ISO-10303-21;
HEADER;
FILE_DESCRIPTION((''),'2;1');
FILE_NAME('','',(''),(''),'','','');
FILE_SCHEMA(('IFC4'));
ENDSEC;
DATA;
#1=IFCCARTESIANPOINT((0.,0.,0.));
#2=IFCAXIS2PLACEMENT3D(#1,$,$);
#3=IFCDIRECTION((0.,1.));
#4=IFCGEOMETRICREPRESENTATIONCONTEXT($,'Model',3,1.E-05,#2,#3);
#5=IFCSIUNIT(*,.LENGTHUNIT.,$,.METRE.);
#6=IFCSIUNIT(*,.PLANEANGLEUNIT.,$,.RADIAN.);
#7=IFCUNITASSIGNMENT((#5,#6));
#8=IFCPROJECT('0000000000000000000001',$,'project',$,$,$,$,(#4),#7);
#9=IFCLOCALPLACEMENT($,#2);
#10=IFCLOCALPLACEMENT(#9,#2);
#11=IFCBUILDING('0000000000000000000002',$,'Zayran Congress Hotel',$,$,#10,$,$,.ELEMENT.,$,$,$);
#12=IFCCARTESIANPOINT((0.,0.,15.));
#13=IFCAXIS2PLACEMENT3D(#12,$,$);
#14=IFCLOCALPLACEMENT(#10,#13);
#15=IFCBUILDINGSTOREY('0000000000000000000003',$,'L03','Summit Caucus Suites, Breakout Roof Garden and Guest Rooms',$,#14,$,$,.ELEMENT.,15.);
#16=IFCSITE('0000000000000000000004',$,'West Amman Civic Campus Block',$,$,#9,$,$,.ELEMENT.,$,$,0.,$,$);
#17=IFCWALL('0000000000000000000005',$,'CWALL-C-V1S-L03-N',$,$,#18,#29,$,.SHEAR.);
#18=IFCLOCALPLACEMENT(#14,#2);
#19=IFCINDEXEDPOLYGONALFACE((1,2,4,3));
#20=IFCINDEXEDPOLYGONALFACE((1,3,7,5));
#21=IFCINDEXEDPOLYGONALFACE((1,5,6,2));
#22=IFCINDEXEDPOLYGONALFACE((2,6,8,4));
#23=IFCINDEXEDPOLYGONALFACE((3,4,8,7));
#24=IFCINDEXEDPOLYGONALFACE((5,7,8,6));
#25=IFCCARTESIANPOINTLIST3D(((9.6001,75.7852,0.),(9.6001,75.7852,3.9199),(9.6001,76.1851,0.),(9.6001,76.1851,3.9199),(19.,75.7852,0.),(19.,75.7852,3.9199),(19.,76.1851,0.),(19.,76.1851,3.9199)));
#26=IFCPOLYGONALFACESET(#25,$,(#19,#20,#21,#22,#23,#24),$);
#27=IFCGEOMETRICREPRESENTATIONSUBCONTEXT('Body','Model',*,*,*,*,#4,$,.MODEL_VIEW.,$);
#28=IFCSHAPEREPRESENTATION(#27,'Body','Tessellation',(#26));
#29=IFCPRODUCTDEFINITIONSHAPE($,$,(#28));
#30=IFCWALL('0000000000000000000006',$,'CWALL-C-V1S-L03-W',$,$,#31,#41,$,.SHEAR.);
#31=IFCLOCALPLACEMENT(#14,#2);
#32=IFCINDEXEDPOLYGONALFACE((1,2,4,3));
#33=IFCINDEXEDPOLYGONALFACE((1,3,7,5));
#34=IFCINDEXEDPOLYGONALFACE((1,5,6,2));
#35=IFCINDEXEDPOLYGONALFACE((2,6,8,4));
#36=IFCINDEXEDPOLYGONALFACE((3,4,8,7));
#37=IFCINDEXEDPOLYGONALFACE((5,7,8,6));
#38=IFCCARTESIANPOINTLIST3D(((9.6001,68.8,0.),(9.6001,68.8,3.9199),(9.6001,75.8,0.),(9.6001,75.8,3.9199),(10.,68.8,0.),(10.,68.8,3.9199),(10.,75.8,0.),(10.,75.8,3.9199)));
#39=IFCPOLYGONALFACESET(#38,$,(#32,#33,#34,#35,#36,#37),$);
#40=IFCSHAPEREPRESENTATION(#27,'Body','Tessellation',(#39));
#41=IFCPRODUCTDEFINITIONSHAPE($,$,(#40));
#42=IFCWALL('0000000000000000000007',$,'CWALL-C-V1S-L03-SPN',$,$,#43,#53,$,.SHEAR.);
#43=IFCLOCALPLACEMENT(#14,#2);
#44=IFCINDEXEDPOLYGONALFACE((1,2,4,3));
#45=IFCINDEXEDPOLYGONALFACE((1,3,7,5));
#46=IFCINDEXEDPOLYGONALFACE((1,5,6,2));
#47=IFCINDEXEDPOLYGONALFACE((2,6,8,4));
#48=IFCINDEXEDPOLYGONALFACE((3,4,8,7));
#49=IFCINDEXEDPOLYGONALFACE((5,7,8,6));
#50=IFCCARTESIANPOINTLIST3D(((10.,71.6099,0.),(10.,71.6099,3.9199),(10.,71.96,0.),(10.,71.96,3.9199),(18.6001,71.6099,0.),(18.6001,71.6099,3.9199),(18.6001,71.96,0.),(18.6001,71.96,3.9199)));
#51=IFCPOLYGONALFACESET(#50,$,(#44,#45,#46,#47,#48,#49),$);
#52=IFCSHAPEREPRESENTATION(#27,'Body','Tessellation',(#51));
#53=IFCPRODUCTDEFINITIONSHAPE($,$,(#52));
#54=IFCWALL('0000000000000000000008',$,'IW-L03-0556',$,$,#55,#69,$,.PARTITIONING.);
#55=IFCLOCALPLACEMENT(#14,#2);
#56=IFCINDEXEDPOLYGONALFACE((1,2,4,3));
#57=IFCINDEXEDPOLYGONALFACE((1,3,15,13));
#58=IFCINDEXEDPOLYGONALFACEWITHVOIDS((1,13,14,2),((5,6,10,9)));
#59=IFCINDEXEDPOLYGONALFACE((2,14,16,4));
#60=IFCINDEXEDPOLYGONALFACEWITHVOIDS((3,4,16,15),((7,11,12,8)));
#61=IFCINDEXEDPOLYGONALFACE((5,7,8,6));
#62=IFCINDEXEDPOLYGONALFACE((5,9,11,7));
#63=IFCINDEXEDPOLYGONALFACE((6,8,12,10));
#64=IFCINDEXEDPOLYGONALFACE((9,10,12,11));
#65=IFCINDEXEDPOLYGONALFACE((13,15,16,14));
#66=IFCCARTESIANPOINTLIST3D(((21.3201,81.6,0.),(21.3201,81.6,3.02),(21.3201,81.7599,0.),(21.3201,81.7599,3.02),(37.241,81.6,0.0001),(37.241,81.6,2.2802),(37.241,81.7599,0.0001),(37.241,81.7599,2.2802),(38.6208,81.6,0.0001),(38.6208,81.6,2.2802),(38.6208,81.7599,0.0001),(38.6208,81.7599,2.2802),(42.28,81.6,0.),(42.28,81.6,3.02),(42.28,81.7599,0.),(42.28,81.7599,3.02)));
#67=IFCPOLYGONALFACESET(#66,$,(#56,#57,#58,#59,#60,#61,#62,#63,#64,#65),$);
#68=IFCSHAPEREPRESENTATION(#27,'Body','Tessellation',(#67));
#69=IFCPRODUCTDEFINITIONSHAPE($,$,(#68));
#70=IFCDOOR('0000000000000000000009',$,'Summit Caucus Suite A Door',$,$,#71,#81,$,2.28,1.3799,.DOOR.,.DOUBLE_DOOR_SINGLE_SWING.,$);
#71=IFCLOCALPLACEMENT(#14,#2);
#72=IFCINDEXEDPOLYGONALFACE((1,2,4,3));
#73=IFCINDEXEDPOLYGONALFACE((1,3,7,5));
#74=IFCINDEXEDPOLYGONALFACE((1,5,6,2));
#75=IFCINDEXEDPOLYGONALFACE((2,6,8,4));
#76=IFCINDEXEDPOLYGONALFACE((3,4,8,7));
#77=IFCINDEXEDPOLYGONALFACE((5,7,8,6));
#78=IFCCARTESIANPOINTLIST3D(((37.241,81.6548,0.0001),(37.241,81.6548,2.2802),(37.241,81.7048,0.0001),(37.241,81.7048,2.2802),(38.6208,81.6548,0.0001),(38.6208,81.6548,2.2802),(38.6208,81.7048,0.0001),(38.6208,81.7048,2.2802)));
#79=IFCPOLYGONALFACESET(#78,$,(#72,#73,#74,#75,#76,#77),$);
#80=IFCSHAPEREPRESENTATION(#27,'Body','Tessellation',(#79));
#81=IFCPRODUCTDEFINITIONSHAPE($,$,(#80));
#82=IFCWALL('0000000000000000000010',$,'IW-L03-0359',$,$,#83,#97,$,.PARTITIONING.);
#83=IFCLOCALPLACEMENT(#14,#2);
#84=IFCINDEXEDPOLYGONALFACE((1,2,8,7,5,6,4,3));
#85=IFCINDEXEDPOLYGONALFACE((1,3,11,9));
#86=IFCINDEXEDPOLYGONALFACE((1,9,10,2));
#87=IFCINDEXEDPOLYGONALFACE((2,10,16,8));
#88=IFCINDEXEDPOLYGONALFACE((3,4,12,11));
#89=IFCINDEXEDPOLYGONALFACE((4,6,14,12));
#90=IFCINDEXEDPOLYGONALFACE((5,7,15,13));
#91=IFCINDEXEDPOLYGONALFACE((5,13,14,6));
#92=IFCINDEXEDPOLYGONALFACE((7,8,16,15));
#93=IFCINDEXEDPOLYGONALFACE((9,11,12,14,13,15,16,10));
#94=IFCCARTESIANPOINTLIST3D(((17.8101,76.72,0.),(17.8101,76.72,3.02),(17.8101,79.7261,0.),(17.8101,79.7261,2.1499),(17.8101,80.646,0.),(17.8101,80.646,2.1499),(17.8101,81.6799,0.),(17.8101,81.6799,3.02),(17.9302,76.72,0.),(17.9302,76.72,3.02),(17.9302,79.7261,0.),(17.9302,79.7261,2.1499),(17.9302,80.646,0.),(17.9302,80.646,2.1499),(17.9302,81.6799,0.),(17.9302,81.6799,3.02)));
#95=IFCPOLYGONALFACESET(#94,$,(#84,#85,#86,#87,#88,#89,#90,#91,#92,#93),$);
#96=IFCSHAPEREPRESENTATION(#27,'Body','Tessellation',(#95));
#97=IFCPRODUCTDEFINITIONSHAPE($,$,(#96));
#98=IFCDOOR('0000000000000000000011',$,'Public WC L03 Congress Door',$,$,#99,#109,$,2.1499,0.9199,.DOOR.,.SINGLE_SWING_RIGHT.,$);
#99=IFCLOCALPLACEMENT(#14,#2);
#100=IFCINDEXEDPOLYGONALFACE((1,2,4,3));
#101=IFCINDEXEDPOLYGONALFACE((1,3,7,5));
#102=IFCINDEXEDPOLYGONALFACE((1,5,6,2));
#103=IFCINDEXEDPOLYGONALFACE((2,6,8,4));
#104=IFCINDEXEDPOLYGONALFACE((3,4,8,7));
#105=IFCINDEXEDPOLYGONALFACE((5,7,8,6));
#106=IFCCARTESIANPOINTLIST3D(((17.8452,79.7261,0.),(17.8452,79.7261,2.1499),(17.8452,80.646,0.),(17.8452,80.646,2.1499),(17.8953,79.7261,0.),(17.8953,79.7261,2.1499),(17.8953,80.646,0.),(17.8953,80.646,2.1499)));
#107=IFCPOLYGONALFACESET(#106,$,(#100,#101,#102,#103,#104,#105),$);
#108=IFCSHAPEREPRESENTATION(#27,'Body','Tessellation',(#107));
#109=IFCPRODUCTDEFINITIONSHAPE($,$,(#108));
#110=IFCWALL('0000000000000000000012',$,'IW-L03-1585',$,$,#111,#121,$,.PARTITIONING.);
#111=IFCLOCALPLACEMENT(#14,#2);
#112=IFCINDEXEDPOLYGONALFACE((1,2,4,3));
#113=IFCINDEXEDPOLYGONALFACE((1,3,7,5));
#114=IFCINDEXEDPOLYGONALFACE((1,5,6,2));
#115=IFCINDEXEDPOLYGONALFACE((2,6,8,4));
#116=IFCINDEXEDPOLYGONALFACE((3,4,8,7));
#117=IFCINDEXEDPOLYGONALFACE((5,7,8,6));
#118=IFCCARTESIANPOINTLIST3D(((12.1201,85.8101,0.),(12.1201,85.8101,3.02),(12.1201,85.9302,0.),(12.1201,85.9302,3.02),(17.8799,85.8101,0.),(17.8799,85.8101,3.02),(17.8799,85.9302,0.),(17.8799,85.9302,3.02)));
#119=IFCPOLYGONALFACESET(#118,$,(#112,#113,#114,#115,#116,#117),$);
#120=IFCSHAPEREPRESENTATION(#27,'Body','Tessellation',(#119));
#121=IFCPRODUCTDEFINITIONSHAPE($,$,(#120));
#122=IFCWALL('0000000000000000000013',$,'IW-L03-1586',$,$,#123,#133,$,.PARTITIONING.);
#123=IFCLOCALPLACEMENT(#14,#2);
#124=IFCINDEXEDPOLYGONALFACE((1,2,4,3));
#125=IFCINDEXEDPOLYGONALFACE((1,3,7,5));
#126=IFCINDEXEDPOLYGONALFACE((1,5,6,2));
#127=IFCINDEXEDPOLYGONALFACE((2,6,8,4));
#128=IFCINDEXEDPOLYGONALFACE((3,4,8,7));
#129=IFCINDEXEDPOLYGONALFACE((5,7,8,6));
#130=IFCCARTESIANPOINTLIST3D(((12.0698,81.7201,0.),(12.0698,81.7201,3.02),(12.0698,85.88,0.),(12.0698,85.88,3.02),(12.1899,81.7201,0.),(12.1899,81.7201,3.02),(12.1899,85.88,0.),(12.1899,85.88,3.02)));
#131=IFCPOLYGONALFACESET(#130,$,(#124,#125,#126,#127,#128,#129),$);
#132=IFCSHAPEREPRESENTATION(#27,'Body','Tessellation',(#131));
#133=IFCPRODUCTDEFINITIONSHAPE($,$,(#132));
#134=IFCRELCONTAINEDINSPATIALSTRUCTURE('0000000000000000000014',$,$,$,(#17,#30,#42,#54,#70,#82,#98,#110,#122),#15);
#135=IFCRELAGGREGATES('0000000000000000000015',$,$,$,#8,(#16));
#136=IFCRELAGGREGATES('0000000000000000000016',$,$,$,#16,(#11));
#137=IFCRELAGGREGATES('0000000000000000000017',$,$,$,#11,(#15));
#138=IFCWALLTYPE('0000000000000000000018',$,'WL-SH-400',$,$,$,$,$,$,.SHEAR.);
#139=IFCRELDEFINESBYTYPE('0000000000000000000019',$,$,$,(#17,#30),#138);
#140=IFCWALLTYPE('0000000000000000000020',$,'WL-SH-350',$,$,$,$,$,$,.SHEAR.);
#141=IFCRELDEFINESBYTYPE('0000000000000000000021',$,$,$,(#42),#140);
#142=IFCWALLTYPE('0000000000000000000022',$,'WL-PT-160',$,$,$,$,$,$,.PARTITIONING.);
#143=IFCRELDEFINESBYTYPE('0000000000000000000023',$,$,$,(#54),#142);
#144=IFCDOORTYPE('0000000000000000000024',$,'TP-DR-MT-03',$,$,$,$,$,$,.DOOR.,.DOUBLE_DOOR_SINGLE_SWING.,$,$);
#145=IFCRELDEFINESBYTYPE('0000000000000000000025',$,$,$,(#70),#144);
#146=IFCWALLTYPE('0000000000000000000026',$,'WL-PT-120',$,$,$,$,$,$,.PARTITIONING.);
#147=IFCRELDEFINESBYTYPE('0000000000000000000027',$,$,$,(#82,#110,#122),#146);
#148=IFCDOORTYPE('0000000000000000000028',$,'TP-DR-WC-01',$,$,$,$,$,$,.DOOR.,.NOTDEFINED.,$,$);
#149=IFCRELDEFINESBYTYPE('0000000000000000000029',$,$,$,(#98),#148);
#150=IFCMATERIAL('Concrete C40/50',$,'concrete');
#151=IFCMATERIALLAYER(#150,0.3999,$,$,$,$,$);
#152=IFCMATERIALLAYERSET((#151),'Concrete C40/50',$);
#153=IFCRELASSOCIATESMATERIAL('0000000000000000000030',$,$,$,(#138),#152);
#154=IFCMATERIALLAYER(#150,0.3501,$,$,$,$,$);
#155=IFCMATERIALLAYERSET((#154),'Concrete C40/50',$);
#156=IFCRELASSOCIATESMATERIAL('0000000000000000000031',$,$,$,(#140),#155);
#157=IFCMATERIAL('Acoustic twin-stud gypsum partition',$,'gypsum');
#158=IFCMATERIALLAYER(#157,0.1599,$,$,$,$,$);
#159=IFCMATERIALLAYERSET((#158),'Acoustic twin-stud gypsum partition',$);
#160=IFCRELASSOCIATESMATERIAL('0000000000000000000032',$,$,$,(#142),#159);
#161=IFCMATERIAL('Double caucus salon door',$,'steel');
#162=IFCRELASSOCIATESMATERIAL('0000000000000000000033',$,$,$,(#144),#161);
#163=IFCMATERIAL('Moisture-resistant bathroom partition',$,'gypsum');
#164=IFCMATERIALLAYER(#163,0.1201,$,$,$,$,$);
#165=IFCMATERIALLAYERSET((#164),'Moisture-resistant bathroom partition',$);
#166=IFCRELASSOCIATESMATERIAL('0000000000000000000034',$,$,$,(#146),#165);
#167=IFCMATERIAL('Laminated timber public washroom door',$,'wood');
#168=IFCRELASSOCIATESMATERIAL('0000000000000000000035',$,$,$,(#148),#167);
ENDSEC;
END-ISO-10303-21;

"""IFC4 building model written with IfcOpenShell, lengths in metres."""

from ifc_helpers import new_model, si_unit, direction, frame, frame_2d, origin, place, context, subcontext, project, spatial, rectangle, extrude, material, layer, layer_set, type_object, element, fill, save


model = new_model("IFC4")

# Units and contexts
model_context = context("Model", 3, precision=1e-05, world=origin(), true_north=direction((0.0, 1.0)))
body_context = subcontext(model_context, "Body", "Model", "MODEL_VIEW")
ifc_project = project(units=[si_unit("LENGTHUNIT", "METRE"), si_unit("PLANEANGLEUNIT", "RADIAN")], contexts=[model_context])

# Site, building, storey
site_placement = place(None, origin())
site = spatial("IfcSite", under=ifc_project, at=site_placement, Name="West Amman Civic Campus Block", CompositionType="ELEMENT", RefElevation=0.0)
building_placement = place(site_placement, origin())
building = spatial("IfcBuilding", under=site, at=building_placement, Name="Zayran Congress Hotel", CompositionType="ELEMENT")
storey_placement = place(building_placement, frame((0.0, 0.0, 15.0)))
storey = spatial("IfcBuildingStorey", under=building, at=storey_placement, Name="L03", Description="Summit Caucus Suites, Breakout Roof Garden and Guest Rooms", CompositionType="ELEMENT", Elevation=15.0)

# Walls
ifc_material_1 = material(Name="Concrete C40/50", Category="concrete")
ifc_layer_1 = layer(ifc_material_1, 0.3999)
ifc_layer_set_1 = layer_set([ifc_layer_1], Name="Concrete C40/50")
wall_type_1 = type_object("IfcWallType", Name="WL-SH-400", PredefinedType="SHEAR", material=ifc_layer_set_1)
wall_1_placement = place(storey_placement, frame((19.0, 75.9851, 0.0), z_axis=(0.0, 0.0, 1.0), x_axis=(-1.0, 0.0, 0.0)))
element("IfcWall", 1, at=wall_1_placement, inside=storey, type_object=wall_type_1, Name="CWALL-C-V1S-L03-N", PredefinedType="SHEAR", context=body_context, shape_type="SweptSolid", body=[
    extrude(rectangle(XDim=9.3999, YDim=0.3999, at=frame_2d((4.7, 0.0))), origin(), (0.0, 0.0, 1.0), 3.9199),
])
wall_2_placement = place(storey_placement, frame((9.8, 75.8, 0.0), z_axis=(0.0, 0.0, 1.0), x_axis=(0.0, -1.0, 0.0)))
element("IfcWall", 2, at=wall_2_placement, inside=storey, type_object=wall_type_1, Name="CWALL-C-V1S-L03-W", PredefinedType="SHEAR", context=body_context, shape_type="SweptSolid", body=[
    extrude(rectangle(XDim=7.0, YDim=0.3999, at=frame_2d((3.5, 0.0))), origin(), (0.0, 0.0, 1.0), 3.9199),
])
ifc_layer_2 = layer(ifc_material_1, 0.3501)
ifc_layer_set_2 = layer_set([ifc_layer_2], Name="Concrete C40/50")
wall_type_2 = type_object("IfcWallType", Name="WL-SH-350", PredefinedType="SHEAR", material=ifc_layer_set_2)
wall_3_placement = place(storey_placement, frame((10.0, 71.7849, 0.0), z_axis=(0.0, 0.0, 1.0), x_axis=(1.0, 0.0, 0.0)))
element("IfcWall", 3, at=wall_3_placement, inside=storey, type_object=wall_type_2, Name="CWALL-C-V1S-L03-SPN", PredefinedType="SHEAR", context=body_context, shape_type="SweptSolid", body=[
    extrude(rectangle(XDim=8.6001, YDim=0.3501, at=frame_2d((4.3, 0.0))), origin(), (0.0, 0.0, 1.0), 3.9199),
])

# Walls, openings, doors
ifc_material_2 = material(Name="Acoustic twin-stud gypsum partition", Category="gypsum")
ifc_layer_3 = layer(ifc_material_2, 0.1599)
ifc_layer_set_3 = layer_set([ifc_layer_3], Name="Acoustic twin-stud gypsum partition")
wall_type_3 = type_object("IfcWallType", Name="WL-PT-160", PredefinedType="PARTITIONING", material=ifc_layer_set_3)
wall_4_placement = place(storey_placement, frame((21.3201, 81.6799, 0.0), z_axis=(0.0, 0.0, 1.0), x_axis=(1.0, 0.0, 0.0)))
wall_4 = element("IfcWall", 4, at=wall_4_placement, inside=storey, type_object=wall_type_3, Name="IW-L03-0556", PredefinedType="PARTITIONING", context=body_context, shape_type="SweptSolid", body=[
    extrude(rectangle(XDim=20.96, YDim=0.1599, at=frame_2d((10.48, 0.0))), origin(), (0.0, 0.0, 1.0), 3.02),
])
opening_1_placement = place(wall_4_placement, frame((15.9209, 0.0, 0.0)))
opening_1 = element("IfcOpeningElement", 5, at=opening_1_placement, cuts=wall_4, PredefinedType="OPENING", context=body_context, shape_type="SweptSolid", body=[
    extrude(rectangle(XDim=1.3799, YDim=2.28, at=frame_2d((0.6899, 1.1401))), frame((0.0, 0.0898, 0.0), z_axis=(0.0, -1.0, 0.0), x_axis=(1.0, 0.0, 0.0)), (0.0, 0.0, 1.0), 0.1799),
])
ifc_material_3 = material(Name="Double caucus salon door", Category="steel")
door_type_1 = type_object("IfcDoorType", Name="TP-DR-MT-03", OperationType="DOUBLE_DOOR_SINGLE_SWING", PredefinedType="DOOR", material=ifc_material_3)
door_1_placement = place(opening_1_placement, origin())
door_1 = element("IfcDoor", 6, at=door_1_placement, inside=storey, type_object=door_type_1, Name="Summit Caucus Suite A Door", OperationType="DOUBLE_DOOR_SINGLE_SWING", OverallHeight=2.28, OverallWidth=1.3799, PredefinedType="DOOR", context=body_context, shape_type="SweptSolid", body=[
    extrude(rectangle(XDim=1.3799, YDim=2.28, at=frame_2d((0.6899, 1.1401))), frame((0.0, 0.0249, 0.0), z_axis=(0.0, -1.0, 0.0), x_axis=(1.0, 0.0, 0.0)), (0.0, 0.0, 1.0), 0.05),
])
fill(opening_1, door_1)
ifc_material_4 = material(Name="Moisture-resistant bathroom partition", Category="gypsum")
ifc_layer_4 = layer(ifc_material_4, 0.1201)
ifc_layer_set_4 = layer_set([ifc_layer_4], Name="Moisture-resistant bathroom partition")
wall_type_4 = type_object("IfcWallType", Name="WL-PT-120", PredefinedType="PARTITIONING", material=ifc_layer_set_4)
wall_5_placement = place(storey_placement, frame((17.8701, 76.72, 0.0), z_axis=(0.0, 0.0, 1.0), x_axis=(0.0, 1.0, 0.0)))
wall_5 = element("IfcWall", 7, at=wall_5_placement, inside=storey, type_object=wall_type_4, Name="IW-L03-0359", PredefinedType="PARTITIONING", context=body_context, shape_type="SweptSolid", body=[
    extrude(rectangle(XDim=4.96, YDim=0.1201, at=frame_2d((2.48, 0.0))), origin(), (0.0, 0.0, 1.0), 3.02),
])
opening_2_placement = place(wall_5_placement, frame((3.0061, 0.0, 0.0)))
opening_2 = element("IfcOpeningElement", 8, at=opening_2_placement, cuts=wall_5, PredefinedType="OPENING", context=body_context, shape_type="SweptSolid", body=[
    extrude(rectangle(XDim=0.9199, YDim=2.1499, at=frame_2d((0.46, 1.075))), frame((0.0, 0.0701, 0.0), z_axis=(0.0, -1.0, 0.0), x_axis=(1.0, 0.0, 0.0)), (0.0, 0.0, 1.0), 0.1401),
])
ifc_material_5 = material(Name="Laminated timber public washroom door", Category="wood")
door_type_2 = type_object("IfcDoorType", Name="TP-DR-WC-01", OperationType="NOTDEFINED", PredefinedType="DOOR", material=ifc_material_5)
door_2_placement = place(opening_2_placement, origin())
door_2 = element("IfcDoor", 9, at=door_2_placement, inside=storey, type_object=door_type_2, Name="Public WC L03 Congress Door", OperationType="SINGLE_SWING_RIGHT", OverallHeight=2.1499, OverallWidth=0.9199, PredefinedType="DOOR", context=body_context, shape_type="SweptSolid", body=[
    extrude(rectangle(XDim=0.9199, YDim=2.1499, at=frame_2d((0.46, 1.075))), frame((0.0, 0.0249, 0.0), z_axis=(0.0, -1.0, 0.0), x_axis=(1.0, 0.0, 0.0)), (0.0, 0.0, 1.0), 0.05),
])
fill(opening_2, door_2)

# Walls
wall_6_placement = place(storey_placement, frame((12.1201, 85.8701, 0.0), z_axis=(0.0, 0.0, 1.0), x_axis=(1.0, 0.0, 0.0)))
element("IfcWall", 10, at=wall_6_placement, inside=storey, type_object=wall_type_4, Name="IW-L03-1585", PredefinedType="PARTITIONING", context=body_context, shape_type="SweptSolid", body=[
    extrude(rectangle(XDim=5.7598, YDim=0.1201, at=frame_2d((2.8799, 0.0))), origin(), (0.0, 0.0, 1.0), 3.02),
])
wall_7_placement = place(storey_placement, frame((12.1299, 81.72, 0.0), z_axis=(0.0, 0.0, 1.0), x_axis=(0.0, 1.0, 0.0)))
element("IfcWall", 11, at=wall_7_placement, inside=storey, type_object=wall_type_4, Name="IW-L03-1586", PredefinedType="PARTITIONING", context=body_context, shape_type="SweptSolid", body=[
    extrude(rectangle(XDim=4.1599, YDim=0.1201, at=frame_2d((2.0801, 0.0))), origin(), (0.0, 0.0, 1.0), 3.02),
])

save(model, "model.ifc")
